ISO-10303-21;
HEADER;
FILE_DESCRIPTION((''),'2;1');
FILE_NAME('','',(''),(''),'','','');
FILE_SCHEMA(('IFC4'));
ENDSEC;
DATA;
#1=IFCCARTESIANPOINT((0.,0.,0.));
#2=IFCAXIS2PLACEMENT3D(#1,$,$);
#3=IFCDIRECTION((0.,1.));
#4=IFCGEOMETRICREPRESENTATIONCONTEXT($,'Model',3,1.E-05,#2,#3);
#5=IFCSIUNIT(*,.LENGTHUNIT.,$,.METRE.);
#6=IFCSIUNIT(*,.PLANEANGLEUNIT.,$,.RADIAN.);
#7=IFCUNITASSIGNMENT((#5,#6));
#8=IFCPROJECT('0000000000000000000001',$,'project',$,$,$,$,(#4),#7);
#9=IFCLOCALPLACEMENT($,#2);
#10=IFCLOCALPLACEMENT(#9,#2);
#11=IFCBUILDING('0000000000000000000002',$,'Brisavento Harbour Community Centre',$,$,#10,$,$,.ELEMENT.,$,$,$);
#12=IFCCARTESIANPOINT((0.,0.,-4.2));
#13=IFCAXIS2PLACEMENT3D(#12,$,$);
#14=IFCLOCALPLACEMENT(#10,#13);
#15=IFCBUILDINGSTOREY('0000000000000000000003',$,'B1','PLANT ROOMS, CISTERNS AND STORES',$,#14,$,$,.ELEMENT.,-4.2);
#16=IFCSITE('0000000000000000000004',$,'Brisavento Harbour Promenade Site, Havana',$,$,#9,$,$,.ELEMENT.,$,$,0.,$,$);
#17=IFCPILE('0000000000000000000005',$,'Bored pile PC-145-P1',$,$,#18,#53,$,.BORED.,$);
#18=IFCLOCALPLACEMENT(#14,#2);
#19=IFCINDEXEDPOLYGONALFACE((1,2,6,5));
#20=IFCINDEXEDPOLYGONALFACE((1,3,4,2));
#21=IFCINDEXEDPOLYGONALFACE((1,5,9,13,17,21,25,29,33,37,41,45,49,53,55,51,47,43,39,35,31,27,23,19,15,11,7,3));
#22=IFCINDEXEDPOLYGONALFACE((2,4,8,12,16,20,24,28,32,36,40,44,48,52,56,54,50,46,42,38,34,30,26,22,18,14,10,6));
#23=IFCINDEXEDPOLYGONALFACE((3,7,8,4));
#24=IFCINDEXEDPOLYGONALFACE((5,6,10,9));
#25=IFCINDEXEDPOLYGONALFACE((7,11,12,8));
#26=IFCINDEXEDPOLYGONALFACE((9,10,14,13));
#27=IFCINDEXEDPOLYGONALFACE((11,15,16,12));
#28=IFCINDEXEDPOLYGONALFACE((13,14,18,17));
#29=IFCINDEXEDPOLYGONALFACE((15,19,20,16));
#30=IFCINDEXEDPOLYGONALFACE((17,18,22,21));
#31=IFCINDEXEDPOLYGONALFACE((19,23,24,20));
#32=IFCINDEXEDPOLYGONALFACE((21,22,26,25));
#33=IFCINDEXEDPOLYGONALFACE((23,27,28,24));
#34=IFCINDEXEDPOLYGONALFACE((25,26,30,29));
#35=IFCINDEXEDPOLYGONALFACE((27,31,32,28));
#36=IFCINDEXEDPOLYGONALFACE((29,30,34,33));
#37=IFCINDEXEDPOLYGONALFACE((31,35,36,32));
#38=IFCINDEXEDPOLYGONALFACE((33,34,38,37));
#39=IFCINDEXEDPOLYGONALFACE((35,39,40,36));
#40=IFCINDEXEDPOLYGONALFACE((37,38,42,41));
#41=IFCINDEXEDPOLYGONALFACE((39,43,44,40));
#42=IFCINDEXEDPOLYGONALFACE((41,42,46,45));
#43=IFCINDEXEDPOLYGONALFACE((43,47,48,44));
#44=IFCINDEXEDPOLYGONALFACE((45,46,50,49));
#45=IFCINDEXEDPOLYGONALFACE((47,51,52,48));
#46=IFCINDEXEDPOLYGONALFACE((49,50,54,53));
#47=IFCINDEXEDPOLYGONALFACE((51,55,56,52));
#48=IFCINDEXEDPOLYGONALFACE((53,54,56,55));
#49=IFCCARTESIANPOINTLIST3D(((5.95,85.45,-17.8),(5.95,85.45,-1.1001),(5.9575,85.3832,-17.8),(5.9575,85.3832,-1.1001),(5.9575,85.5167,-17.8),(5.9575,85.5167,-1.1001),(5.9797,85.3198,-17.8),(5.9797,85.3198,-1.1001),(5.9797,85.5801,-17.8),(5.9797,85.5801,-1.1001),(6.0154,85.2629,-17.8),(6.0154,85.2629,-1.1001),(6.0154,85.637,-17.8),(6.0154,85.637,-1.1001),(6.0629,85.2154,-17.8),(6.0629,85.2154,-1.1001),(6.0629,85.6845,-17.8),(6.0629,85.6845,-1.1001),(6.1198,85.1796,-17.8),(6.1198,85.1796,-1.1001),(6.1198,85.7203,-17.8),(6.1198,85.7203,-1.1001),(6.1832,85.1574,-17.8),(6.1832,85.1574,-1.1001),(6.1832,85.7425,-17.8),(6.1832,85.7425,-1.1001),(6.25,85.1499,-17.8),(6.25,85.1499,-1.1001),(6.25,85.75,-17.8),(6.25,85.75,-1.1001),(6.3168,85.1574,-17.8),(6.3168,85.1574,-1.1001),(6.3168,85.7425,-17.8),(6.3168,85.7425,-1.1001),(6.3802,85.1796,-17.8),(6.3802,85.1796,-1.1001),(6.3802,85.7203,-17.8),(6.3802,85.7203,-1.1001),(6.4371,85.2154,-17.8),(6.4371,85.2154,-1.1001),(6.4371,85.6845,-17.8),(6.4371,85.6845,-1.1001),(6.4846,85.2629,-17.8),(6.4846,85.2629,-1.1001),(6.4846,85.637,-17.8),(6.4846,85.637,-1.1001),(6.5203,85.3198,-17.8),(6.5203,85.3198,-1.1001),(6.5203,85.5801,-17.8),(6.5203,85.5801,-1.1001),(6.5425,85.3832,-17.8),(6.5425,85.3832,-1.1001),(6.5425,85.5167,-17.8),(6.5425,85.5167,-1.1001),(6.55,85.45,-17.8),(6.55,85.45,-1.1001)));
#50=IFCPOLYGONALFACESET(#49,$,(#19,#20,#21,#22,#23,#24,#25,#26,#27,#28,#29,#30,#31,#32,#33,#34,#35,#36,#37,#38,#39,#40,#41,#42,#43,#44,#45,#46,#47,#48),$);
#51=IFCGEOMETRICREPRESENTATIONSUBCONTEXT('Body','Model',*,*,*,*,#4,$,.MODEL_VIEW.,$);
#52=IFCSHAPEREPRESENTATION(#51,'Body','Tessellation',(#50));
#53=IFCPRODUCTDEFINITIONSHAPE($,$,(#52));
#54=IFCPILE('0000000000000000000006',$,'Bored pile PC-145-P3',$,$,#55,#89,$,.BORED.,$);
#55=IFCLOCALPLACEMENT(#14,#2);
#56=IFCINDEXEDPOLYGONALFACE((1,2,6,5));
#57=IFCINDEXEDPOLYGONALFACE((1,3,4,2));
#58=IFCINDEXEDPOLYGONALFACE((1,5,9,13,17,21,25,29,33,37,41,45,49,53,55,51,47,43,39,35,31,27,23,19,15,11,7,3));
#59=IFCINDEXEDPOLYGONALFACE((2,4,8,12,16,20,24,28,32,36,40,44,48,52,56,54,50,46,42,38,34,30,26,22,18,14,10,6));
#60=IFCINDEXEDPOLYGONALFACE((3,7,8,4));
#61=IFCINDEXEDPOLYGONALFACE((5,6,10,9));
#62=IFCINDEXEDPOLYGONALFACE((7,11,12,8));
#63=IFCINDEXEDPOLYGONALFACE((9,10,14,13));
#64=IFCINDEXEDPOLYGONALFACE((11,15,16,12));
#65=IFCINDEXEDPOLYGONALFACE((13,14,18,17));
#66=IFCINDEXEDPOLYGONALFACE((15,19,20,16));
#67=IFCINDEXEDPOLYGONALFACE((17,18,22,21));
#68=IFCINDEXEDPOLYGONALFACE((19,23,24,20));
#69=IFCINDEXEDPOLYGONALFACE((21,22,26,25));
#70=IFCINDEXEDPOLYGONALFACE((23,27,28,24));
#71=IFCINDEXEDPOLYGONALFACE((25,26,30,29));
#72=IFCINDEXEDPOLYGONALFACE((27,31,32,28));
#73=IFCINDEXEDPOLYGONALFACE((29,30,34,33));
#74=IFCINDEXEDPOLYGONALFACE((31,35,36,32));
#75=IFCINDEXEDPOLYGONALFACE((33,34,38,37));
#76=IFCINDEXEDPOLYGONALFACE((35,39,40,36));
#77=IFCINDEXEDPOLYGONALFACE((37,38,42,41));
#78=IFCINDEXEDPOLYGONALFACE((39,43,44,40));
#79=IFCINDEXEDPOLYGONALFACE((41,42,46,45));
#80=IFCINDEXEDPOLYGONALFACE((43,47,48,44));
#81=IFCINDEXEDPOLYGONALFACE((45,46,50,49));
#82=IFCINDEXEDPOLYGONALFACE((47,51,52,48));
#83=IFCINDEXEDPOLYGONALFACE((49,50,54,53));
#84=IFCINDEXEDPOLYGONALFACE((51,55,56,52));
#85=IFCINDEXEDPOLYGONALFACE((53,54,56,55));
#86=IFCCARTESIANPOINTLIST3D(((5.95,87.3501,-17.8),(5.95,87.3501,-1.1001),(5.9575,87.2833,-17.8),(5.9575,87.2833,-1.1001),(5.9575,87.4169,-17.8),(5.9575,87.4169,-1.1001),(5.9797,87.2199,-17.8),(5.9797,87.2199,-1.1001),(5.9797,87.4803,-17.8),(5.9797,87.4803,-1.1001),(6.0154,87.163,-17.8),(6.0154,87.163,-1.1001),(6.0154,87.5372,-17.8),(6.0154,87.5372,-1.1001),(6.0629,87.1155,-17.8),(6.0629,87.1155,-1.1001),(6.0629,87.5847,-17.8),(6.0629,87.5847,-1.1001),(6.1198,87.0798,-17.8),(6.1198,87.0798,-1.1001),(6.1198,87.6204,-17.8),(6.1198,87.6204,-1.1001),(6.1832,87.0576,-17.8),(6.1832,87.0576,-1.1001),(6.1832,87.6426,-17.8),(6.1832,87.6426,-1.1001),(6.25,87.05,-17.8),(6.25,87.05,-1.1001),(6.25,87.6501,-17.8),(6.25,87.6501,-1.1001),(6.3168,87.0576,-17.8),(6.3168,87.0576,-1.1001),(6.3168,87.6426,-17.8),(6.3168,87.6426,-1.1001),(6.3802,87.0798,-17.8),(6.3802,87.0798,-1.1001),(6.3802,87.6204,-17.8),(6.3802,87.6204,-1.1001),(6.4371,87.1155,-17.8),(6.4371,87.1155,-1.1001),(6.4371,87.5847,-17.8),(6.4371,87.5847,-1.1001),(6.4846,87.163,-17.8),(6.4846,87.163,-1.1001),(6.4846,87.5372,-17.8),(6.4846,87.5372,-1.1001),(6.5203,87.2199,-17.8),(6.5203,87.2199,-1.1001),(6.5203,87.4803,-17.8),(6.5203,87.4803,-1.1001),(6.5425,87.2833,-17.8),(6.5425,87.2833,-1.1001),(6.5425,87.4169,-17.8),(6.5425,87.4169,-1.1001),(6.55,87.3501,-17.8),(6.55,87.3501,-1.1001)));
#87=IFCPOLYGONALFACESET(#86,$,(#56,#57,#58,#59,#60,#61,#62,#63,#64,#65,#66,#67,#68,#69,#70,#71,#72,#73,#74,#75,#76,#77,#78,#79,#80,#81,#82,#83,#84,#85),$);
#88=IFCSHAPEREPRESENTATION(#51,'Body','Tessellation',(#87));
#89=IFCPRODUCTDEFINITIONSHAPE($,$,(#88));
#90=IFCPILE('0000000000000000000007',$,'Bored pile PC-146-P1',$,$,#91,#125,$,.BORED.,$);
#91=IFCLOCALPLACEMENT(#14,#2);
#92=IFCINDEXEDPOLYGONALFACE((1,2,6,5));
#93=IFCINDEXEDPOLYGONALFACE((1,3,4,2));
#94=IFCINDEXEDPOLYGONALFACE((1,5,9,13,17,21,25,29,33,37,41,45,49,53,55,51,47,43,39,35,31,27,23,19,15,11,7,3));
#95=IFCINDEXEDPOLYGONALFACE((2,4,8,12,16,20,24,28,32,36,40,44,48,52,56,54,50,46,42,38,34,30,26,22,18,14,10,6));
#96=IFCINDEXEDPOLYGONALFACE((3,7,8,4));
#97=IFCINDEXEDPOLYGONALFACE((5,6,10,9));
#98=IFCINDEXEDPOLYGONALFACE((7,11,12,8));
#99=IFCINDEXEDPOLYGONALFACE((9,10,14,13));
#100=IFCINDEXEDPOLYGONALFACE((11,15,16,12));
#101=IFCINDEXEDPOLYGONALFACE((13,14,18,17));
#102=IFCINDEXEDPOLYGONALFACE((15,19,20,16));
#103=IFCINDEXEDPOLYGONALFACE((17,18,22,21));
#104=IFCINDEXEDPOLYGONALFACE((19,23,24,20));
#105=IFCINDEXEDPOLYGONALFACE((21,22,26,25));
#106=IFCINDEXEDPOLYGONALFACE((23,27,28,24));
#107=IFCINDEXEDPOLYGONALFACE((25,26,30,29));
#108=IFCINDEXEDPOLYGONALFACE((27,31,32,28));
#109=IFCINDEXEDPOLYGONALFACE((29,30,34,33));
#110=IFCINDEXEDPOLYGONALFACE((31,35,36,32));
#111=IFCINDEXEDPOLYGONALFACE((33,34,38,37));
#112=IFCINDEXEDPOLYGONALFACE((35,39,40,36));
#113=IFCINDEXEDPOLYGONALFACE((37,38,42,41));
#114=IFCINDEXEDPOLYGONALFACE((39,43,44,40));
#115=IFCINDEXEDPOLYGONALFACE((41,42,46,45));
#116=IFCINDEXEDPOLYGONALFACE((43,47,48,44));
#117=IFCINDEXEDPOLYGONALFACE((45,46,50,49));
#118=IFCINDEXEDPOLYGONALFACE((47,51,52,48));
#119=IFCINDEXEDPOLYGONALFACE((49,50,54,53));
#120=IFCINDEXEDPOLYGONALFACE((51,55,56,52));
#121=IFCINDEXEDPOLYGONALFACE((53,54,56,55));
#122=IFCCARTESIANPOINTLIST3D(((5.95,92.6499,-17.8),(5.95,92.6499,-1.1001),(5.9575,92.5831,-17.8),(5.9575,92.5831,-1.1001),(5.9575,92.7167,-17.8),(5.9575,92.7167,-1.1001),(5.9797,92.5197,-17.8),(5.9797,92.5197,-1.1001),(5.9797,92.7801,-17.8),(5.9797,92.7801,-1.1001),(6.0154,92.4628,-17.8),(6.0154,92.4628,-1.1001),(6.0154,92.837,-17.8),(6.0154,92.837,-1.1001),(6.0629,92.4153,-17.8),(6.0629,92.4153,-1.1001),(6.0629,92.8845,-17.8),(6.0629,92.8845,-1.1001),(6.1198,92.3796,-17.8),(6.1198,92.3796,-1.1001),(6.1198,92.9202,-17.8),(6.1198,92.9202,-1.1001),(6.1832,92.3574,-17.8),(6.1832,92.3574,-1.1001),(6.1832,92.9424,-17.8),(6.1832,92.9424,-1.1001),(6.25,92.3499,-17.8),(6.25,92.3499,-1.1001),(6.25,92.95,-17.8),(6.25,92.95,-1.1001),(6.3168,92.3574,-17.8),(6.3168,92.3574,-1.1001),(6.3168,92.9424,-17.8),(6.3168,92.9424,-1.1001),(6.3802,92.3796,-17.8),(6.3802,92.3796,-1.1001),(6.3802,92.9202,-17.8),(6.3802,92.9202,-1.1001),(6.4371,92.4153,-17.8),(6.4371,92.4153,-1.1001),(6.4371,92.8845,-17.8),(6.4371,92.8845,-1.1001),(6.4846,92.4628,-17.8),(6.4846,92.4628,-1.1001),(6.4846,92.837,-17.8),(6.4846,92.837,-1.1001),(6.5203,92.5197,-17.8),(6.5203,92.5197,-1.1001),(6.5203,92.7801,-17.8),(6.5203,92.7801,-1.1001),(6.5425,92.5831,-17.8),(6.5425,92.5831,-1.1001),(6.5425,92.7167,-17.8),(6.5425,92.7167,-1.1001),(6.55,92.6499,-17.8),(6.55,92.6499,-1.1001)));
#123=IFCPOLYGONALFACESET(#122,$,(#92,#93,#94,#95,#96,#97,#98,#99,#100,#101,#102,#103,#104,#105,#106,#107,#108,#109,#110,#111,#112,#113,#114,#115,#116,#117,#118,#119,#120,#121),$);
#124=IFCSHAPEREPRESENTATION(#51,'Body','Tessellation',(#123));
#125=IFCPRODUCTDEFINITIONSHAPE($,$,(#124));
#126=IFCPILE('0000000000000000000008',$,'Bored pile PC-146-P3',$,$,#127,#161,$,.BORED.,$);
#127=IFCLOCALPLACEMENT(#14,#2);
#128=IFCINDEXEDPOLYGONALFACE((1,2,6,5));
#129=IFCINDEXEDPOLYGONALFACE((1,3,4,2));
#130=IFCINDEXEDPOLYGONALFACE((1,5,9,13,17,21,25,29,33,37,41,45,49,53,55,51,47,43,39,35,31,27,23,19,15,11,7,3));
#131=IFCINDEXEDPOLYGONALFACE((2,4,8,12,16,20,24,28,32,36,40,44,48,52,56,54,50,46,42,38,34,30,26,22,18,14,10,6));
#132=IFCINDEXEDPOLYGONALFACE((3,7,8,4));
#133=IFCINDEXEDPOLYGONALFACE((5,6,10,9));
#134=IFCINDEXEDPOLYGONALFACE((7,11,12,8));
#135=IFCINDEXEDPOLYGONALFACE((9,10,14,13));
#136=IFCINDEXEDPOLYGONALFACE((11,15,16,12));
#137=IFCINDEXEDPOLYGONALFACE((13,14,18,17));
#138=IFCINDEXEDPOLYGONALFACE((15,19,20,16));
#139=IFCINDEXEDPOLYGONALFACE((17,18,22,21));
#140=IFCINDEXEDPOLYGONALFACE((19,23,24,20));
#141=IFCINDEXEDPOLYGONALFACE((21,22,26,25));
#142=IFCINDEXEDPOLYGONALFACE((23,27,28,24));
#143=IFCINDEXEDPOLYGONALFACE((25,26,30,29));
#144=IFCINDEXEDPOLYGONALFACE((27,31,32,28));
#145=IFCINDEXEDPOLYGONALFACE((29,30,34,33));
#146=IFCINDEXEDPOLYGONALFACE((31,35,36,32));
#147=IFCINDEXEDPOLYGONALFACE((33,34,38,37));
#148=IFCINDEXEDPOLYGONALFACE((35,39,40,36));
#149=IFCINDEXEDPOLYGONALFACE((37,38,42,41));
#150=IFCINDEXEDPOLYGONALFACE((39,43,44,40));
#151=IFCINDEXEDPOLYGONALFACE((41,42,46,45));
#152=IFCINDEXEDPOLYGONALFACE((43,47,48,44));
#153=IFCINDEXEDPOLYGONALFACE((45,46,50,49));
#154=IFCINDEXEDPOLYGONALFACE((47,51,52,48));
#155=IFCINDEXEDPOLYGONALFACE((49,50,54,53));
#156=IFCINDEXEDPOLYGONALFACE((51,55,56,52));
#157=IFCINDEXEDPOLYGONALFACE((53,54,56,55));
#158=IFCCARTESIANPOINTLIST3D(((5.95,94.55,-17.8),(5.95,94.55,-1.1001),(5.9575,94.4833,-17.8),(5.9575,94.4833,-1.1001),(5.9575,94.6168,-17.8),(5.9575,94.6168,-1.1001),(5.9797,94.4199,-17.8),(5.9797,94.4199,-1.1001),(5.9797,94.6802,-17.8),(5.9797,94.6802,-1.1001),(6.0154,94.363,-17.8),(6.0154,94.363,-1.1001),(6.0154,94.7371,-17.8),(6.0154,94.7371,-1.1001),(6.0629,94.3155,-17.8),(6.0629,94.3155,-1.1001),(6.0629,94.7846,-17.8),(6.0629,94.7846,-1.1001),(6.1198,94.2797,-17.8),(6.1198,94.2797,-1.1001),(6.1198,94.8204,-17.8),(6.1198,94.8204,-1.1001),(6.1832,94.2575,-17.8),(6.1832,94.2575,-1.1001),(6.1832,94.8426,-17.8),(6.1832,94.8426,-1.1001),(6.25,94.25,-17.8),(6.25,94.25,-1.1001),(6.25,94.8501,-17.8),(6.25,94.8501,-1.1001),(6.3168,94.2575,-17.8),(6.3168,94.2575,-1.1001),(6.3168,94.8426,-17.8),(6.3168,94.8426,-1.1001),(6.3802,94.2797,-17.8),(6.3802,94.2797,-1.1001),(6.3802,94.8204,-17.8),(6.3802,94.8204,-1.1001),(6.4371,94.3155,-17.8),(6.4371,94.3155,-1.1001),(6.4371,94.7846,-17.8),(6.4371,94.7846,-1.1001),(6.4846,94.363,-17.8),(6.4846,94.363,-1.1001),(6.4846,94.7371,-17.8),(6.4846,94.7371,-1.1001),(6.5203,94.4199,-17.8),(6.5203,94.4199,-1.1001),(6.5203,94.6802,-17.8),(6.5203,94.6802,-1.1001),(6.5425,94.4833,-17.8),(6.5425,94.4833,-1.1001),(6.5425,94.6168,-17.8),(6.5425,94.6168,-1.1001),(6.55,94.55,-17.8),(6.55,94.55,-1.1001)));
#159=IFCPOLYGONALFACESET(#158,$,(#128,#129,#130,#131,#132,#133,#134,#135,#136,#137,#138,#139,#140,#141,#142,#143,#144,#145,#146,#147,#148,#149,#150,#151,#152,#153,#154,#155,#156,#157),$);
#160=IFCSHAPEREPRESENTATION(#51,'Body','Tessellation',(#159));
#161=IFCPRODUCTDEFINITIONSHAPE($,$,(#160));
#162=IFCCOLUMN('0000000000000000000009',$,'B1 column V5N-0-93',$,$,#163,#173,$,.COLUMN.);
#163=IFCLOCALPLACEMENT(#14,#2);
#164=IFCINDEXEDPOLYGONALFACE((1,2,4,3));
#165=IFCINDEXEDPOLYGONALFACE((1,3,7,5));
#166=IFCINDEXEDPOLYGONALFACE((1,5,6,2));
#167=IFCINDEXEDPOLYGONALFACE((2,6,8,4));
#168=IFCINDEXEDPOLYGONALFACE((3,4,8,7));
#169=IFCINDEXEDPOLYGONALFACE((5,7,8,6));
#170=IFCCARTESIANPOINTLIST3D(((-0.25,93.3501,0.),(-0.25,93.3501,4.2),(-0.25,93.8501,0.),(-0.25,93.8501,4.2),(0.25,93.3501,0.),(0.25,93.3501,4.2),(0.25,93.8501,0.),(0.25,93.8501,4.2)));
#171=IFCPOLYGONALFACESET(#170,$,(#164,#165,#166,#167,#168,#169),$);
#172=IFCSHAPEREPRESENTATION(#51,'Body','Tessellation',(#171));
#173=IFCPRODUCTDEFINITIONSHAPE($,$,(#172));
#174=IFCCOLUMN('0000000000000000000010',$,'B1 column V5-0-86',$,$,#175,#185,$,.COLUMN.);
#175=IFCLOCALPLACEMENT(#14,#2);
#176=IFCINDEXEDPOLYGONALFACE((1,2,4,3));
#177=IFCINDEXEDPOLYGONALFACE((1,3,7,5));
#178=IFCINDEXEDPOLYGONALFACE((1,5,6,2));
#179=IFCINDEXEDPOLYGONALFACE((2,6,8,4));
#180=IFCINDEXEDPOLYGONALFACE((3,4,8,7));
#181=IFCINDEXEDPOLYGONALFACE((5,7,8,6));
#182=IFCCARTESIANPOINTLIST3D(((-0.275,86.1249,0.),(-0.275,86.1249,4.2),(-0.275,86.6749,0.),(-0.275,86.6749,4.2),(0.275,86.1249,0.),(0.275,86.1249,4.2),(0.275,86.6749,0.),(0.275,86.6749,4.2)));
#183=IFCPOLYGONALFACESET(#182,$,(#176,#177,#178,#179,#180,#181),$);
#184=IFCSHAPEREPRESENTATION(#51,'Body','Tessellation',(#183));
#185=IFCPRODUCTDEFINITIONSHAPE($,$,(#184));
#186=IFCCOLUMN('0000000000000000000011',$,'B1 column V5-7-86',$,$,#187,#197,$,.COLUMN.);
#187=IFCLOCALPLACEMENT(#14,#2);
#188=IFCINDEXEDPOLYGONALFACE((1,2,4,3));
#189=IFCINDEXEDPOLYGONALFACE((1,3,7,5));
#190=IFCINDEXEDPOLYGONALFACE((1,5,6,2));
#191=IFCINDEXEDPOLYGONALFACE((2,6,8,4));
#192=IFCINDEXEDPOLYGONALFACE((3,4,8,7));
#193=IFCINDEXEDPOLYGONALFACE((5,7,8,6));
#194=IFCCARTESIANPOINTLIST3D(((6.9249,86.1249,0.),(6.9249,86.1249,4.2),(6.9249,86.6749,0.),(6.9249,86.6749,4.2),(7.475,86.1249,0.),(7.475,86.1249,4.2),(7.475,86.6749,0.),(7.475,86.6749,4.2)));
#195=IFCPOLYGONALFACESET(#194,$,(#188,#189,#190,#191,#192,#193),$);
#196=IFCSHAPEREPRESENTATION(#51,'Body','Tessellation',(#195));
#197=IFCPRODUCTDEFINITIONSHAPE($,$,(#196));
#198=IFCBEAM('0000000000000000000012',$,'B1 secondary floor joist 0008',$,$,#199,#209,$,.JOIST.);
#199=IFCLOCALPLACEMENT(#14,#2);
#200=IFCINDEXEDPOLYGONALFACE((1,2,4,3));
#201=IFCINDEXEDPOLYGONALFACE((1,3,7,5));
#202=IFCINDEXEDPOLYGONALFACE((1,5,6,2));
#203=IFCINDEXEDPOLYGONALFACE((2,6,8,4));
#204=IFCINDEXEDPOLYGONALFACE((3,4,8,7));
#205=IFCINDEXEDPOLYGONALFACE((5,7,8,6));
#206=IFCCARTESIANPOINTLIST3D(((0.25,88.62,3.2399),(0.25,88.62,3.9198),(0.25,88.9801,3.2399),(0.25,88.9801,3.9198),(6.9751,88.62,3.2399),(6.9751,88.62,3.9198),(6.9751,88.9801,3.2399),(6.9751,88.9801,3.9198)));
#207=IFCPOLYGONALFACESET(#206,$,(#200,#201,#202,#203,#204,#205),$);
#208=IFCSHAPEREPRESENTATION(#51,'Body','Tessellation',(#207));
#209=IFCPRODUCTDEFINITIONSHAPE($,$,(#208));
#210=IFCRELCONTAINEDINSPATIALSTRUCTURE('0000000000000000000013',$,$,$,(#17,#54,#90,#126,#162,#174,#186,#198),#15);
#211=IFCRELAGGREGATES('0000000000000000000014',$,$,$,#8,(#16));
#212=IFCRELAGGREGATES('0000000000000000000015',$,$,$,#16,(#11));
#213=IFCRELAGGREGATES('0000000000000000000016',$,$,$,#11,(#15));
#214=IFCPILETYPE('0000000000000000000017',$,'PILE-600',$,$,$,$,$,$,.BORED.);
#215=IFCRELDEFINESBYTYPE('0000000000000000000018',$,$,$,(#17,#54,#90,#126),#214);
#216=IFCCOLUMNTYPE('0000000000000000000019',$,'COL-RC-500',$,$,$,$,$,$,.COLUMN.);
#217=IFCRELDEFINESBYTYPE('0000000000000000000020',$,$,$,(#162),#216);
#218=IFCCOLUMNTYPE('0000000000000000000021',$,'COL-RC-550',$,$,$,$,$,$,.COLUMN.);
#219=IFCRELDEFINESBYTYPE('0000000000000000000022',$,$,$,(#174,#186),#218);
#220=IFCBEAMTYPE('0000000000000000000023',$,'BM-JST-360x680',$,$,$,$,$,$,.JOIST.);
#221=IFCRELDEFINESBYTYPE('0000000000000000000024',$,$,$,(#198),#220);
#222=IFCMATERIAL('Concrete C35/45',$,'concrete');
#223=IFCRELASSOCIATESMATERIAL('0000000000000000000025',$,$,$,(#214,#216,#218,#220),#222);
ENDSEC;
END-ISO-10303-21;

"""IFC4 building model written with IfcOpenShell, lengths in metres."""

from ifc_helpers import new_model, si_unit, direction, frame, origin, origin_2d, place, context, subcontext, project, spatial, rectangle, circle, extrude, material, material_profile, profile_set, type_object, element, save


model = new_model("IFC4")

# Units and contexts
model_context = context("Model", 3, precision=1e-05, world=origin(), true_north=direction((0.0, 1.0)))
body_context = subcontext(model_context, "Body", "Model", "MODEL_VIEW")
ifc_project = project(units=[si_unit("LENGTHUNIT", "METRE"), si_unit("PLANEANGLEUNIT", "RADIAN")], contexts=[model_context])

# Site, building, storey
site_placement = place(None, origin())
site = spatial("IfcSite", under=ifc_project, at=site_placement, Name="Brisavento Harbour Promenade Site, Havana", CompositionType="ELEMENT", RefElevation=0.0)
building_placement = place(site_placement, origin())
building = spatial("IfcBuilding", under=site, at=building_placement, Name="Brisavento Harbour Community Centre", CompositionType="ELEMENT")
storey_placement = place(building_placement, frame((0.0, 0.0, -4.2)))
storey = spatial("IfcBuildingStorey", under=building, at=storey_placement, Name="B1", Description="PLANT ROOMS, CISTERNS AND STORES", CompositionType="ELEMENT", Elevation=-4.2)

# Shared definitions
ifc_material = material(Name="Concrete C35/45", Category="concrete")

# Piles
ifc_material_profile_1 = material_profile(ifc_material, circle(Radius=0.3, at=origin_2d()), Name="Concrete C35/45")
ifc_profile_set_1 = profile_set([ifc_material_profile_1], Name="Concrete C35/45")
pile_type = type_object("IfcPileType", Name="PILE-600", PredefinedType="BORED", material=ifc_profile_set_1)
for number, where, z_axis, x_axis, name in (
    (1, (6.25, 85.45, -1.1001), (0.0, 0.0, -1.0), (1.0, 0.0, 0.0), "Bored pile PC-145-P1"),
    (2, (6.25, 87.3501, -1.1001), (0.0, 0.0, -1.0), (1.0, 0.0, 0.0), "Bored pile PC-145-P3"),
    (3, (6.25, 92.6499, -1.1001), (0.0, 0.0, -1.0), (1.0, 0.0, 0.0), "Bored pile PC-146-P1"),
    (4, (6.25, 94.55, -1.1001), (0.0, 0.0, -1.0), (1.0, 0.0, 0.0), "Bored pile PC-146-P3"),
):
    element("IfcPile", number, at=place(storey_placement, frame(where, z_axis=z_axis, x_axis=x_axis)), inside=storey, type_object=pile_type, Name=name, PredefinedType="BORED", context=body_context, shape_type="SweptSolid", body=[
        extrude(circle(Radius=0.3, at=origin_2d()), origin(), (0.0, 0.0, 1.0), 16.7),
    ])

# Columns
ifc_material_profile_2 = material_profile(ifc_material, rectangle(XDim=0.5, YDim=0.5, at=origin_2d()), Name="Concrete C35/45")
ifc_profile_set_2 = profile_set([ifc_material_profile_2], Name="Concrete C35/45")
column_type_1 = type_object("IfcColumnType", Name="COL-RC-500", PredefinedType="COLUMN", material=ifc_profile_set_2)
column_placement = place(storey_placement, frame((0.0, 93.6001, 0.0), z_axis=(0.0, 0.0, 1.0), x_axis=(1.0, 0.0, 0.0)))
element("IfcColumn", 5, at=column_placement, inside=storey, type_object=column_type_1, Name="B1 column V5N-0-93", PredefinedType="COLUMN", context=body_context, shape_type="SweptSolid", body=[
    extrude(rectangle(XDim=0.5, YDim=0.5, at=origin_2d()), origin(), (0.0, 0.0, 1.0), 4.2),
])
ifc_material_profile_3 = material_profile(ifc_material, rectangle(XDim=0.55, YDim=0.55, at=origin_2d()), Name="Concrete C35/45")
ifc_profile_set_3 = profile_set([ifc_material_profile_3], Name="Concrete C35/45")
column_type_2 = type_object("IfcColumnType", Name="COL-RC-550", PredefinedType="COLUMN", material=ifc_profile_set_3)
for number, where, z_axis, x_axis, name in (
    (6, (0.0, 86.3999, 0.0), (0.0, 0.0, 1.0), (1.0, 0.0, 0.0), "B1 column V5-0-86"),
    (7, (7.2, 86.3999, 0.0), (0.0, 0.0, 1.0), (1.0, 0.0, 0.0), "B1 column V5-7-86"),
):
    element("IfcColumn", number, at=place(storey_placement, frame(where, z_axis=z_axis, x_axis=x_axis)), inside=storey, type_object=column_type_2, Name=name, PredefinedType="COLUMN", context=body_context, shape_type="SweptSolid", body=[
        extrude(rectangle(XDim=0.55, YDim=0.55, at=origin_2d()), origin(), (0.0, 0.0, 1.0), 4.2),
    ])

# Beam
ifc_material_profile_4 = material_profile(ifc_material, rectangle(XDim=0.3601, YDim=0.6799, at=origin_2d()), Name="Concrete C35/45")
ifc_profile_set_4 = profile_set([ifc_material_profile_4], Name="Concrete C35/45")
beam_type_1 = type_object("IfcBeamType", Name="BM-JST-360x680", PredefinedType="JOIST", material=ifc_profile_set_4)
beam_1_placement = place(storey_placement, frame((0.25, 88.8, 3.5798), z_axis=(1.0, 0.0, 0.0), x_axis=(0.0, 1.0, 0.0)))
element("IfcBeam", 8, at=beam_1_placement, inside=storey, type_object=beam_type_1, Name="B1 secondary floor joist 0008", PredefinedType="JOIST", context=body_context, shape_type="SweptSolid", body=[
    extrude(rectangle(XDim=0.3601, YDim=0.6799, at=origin_2d()), origin(), (0.0, 0.0, 1.0), 6.7251),
])

save(model, "model.ifc")
